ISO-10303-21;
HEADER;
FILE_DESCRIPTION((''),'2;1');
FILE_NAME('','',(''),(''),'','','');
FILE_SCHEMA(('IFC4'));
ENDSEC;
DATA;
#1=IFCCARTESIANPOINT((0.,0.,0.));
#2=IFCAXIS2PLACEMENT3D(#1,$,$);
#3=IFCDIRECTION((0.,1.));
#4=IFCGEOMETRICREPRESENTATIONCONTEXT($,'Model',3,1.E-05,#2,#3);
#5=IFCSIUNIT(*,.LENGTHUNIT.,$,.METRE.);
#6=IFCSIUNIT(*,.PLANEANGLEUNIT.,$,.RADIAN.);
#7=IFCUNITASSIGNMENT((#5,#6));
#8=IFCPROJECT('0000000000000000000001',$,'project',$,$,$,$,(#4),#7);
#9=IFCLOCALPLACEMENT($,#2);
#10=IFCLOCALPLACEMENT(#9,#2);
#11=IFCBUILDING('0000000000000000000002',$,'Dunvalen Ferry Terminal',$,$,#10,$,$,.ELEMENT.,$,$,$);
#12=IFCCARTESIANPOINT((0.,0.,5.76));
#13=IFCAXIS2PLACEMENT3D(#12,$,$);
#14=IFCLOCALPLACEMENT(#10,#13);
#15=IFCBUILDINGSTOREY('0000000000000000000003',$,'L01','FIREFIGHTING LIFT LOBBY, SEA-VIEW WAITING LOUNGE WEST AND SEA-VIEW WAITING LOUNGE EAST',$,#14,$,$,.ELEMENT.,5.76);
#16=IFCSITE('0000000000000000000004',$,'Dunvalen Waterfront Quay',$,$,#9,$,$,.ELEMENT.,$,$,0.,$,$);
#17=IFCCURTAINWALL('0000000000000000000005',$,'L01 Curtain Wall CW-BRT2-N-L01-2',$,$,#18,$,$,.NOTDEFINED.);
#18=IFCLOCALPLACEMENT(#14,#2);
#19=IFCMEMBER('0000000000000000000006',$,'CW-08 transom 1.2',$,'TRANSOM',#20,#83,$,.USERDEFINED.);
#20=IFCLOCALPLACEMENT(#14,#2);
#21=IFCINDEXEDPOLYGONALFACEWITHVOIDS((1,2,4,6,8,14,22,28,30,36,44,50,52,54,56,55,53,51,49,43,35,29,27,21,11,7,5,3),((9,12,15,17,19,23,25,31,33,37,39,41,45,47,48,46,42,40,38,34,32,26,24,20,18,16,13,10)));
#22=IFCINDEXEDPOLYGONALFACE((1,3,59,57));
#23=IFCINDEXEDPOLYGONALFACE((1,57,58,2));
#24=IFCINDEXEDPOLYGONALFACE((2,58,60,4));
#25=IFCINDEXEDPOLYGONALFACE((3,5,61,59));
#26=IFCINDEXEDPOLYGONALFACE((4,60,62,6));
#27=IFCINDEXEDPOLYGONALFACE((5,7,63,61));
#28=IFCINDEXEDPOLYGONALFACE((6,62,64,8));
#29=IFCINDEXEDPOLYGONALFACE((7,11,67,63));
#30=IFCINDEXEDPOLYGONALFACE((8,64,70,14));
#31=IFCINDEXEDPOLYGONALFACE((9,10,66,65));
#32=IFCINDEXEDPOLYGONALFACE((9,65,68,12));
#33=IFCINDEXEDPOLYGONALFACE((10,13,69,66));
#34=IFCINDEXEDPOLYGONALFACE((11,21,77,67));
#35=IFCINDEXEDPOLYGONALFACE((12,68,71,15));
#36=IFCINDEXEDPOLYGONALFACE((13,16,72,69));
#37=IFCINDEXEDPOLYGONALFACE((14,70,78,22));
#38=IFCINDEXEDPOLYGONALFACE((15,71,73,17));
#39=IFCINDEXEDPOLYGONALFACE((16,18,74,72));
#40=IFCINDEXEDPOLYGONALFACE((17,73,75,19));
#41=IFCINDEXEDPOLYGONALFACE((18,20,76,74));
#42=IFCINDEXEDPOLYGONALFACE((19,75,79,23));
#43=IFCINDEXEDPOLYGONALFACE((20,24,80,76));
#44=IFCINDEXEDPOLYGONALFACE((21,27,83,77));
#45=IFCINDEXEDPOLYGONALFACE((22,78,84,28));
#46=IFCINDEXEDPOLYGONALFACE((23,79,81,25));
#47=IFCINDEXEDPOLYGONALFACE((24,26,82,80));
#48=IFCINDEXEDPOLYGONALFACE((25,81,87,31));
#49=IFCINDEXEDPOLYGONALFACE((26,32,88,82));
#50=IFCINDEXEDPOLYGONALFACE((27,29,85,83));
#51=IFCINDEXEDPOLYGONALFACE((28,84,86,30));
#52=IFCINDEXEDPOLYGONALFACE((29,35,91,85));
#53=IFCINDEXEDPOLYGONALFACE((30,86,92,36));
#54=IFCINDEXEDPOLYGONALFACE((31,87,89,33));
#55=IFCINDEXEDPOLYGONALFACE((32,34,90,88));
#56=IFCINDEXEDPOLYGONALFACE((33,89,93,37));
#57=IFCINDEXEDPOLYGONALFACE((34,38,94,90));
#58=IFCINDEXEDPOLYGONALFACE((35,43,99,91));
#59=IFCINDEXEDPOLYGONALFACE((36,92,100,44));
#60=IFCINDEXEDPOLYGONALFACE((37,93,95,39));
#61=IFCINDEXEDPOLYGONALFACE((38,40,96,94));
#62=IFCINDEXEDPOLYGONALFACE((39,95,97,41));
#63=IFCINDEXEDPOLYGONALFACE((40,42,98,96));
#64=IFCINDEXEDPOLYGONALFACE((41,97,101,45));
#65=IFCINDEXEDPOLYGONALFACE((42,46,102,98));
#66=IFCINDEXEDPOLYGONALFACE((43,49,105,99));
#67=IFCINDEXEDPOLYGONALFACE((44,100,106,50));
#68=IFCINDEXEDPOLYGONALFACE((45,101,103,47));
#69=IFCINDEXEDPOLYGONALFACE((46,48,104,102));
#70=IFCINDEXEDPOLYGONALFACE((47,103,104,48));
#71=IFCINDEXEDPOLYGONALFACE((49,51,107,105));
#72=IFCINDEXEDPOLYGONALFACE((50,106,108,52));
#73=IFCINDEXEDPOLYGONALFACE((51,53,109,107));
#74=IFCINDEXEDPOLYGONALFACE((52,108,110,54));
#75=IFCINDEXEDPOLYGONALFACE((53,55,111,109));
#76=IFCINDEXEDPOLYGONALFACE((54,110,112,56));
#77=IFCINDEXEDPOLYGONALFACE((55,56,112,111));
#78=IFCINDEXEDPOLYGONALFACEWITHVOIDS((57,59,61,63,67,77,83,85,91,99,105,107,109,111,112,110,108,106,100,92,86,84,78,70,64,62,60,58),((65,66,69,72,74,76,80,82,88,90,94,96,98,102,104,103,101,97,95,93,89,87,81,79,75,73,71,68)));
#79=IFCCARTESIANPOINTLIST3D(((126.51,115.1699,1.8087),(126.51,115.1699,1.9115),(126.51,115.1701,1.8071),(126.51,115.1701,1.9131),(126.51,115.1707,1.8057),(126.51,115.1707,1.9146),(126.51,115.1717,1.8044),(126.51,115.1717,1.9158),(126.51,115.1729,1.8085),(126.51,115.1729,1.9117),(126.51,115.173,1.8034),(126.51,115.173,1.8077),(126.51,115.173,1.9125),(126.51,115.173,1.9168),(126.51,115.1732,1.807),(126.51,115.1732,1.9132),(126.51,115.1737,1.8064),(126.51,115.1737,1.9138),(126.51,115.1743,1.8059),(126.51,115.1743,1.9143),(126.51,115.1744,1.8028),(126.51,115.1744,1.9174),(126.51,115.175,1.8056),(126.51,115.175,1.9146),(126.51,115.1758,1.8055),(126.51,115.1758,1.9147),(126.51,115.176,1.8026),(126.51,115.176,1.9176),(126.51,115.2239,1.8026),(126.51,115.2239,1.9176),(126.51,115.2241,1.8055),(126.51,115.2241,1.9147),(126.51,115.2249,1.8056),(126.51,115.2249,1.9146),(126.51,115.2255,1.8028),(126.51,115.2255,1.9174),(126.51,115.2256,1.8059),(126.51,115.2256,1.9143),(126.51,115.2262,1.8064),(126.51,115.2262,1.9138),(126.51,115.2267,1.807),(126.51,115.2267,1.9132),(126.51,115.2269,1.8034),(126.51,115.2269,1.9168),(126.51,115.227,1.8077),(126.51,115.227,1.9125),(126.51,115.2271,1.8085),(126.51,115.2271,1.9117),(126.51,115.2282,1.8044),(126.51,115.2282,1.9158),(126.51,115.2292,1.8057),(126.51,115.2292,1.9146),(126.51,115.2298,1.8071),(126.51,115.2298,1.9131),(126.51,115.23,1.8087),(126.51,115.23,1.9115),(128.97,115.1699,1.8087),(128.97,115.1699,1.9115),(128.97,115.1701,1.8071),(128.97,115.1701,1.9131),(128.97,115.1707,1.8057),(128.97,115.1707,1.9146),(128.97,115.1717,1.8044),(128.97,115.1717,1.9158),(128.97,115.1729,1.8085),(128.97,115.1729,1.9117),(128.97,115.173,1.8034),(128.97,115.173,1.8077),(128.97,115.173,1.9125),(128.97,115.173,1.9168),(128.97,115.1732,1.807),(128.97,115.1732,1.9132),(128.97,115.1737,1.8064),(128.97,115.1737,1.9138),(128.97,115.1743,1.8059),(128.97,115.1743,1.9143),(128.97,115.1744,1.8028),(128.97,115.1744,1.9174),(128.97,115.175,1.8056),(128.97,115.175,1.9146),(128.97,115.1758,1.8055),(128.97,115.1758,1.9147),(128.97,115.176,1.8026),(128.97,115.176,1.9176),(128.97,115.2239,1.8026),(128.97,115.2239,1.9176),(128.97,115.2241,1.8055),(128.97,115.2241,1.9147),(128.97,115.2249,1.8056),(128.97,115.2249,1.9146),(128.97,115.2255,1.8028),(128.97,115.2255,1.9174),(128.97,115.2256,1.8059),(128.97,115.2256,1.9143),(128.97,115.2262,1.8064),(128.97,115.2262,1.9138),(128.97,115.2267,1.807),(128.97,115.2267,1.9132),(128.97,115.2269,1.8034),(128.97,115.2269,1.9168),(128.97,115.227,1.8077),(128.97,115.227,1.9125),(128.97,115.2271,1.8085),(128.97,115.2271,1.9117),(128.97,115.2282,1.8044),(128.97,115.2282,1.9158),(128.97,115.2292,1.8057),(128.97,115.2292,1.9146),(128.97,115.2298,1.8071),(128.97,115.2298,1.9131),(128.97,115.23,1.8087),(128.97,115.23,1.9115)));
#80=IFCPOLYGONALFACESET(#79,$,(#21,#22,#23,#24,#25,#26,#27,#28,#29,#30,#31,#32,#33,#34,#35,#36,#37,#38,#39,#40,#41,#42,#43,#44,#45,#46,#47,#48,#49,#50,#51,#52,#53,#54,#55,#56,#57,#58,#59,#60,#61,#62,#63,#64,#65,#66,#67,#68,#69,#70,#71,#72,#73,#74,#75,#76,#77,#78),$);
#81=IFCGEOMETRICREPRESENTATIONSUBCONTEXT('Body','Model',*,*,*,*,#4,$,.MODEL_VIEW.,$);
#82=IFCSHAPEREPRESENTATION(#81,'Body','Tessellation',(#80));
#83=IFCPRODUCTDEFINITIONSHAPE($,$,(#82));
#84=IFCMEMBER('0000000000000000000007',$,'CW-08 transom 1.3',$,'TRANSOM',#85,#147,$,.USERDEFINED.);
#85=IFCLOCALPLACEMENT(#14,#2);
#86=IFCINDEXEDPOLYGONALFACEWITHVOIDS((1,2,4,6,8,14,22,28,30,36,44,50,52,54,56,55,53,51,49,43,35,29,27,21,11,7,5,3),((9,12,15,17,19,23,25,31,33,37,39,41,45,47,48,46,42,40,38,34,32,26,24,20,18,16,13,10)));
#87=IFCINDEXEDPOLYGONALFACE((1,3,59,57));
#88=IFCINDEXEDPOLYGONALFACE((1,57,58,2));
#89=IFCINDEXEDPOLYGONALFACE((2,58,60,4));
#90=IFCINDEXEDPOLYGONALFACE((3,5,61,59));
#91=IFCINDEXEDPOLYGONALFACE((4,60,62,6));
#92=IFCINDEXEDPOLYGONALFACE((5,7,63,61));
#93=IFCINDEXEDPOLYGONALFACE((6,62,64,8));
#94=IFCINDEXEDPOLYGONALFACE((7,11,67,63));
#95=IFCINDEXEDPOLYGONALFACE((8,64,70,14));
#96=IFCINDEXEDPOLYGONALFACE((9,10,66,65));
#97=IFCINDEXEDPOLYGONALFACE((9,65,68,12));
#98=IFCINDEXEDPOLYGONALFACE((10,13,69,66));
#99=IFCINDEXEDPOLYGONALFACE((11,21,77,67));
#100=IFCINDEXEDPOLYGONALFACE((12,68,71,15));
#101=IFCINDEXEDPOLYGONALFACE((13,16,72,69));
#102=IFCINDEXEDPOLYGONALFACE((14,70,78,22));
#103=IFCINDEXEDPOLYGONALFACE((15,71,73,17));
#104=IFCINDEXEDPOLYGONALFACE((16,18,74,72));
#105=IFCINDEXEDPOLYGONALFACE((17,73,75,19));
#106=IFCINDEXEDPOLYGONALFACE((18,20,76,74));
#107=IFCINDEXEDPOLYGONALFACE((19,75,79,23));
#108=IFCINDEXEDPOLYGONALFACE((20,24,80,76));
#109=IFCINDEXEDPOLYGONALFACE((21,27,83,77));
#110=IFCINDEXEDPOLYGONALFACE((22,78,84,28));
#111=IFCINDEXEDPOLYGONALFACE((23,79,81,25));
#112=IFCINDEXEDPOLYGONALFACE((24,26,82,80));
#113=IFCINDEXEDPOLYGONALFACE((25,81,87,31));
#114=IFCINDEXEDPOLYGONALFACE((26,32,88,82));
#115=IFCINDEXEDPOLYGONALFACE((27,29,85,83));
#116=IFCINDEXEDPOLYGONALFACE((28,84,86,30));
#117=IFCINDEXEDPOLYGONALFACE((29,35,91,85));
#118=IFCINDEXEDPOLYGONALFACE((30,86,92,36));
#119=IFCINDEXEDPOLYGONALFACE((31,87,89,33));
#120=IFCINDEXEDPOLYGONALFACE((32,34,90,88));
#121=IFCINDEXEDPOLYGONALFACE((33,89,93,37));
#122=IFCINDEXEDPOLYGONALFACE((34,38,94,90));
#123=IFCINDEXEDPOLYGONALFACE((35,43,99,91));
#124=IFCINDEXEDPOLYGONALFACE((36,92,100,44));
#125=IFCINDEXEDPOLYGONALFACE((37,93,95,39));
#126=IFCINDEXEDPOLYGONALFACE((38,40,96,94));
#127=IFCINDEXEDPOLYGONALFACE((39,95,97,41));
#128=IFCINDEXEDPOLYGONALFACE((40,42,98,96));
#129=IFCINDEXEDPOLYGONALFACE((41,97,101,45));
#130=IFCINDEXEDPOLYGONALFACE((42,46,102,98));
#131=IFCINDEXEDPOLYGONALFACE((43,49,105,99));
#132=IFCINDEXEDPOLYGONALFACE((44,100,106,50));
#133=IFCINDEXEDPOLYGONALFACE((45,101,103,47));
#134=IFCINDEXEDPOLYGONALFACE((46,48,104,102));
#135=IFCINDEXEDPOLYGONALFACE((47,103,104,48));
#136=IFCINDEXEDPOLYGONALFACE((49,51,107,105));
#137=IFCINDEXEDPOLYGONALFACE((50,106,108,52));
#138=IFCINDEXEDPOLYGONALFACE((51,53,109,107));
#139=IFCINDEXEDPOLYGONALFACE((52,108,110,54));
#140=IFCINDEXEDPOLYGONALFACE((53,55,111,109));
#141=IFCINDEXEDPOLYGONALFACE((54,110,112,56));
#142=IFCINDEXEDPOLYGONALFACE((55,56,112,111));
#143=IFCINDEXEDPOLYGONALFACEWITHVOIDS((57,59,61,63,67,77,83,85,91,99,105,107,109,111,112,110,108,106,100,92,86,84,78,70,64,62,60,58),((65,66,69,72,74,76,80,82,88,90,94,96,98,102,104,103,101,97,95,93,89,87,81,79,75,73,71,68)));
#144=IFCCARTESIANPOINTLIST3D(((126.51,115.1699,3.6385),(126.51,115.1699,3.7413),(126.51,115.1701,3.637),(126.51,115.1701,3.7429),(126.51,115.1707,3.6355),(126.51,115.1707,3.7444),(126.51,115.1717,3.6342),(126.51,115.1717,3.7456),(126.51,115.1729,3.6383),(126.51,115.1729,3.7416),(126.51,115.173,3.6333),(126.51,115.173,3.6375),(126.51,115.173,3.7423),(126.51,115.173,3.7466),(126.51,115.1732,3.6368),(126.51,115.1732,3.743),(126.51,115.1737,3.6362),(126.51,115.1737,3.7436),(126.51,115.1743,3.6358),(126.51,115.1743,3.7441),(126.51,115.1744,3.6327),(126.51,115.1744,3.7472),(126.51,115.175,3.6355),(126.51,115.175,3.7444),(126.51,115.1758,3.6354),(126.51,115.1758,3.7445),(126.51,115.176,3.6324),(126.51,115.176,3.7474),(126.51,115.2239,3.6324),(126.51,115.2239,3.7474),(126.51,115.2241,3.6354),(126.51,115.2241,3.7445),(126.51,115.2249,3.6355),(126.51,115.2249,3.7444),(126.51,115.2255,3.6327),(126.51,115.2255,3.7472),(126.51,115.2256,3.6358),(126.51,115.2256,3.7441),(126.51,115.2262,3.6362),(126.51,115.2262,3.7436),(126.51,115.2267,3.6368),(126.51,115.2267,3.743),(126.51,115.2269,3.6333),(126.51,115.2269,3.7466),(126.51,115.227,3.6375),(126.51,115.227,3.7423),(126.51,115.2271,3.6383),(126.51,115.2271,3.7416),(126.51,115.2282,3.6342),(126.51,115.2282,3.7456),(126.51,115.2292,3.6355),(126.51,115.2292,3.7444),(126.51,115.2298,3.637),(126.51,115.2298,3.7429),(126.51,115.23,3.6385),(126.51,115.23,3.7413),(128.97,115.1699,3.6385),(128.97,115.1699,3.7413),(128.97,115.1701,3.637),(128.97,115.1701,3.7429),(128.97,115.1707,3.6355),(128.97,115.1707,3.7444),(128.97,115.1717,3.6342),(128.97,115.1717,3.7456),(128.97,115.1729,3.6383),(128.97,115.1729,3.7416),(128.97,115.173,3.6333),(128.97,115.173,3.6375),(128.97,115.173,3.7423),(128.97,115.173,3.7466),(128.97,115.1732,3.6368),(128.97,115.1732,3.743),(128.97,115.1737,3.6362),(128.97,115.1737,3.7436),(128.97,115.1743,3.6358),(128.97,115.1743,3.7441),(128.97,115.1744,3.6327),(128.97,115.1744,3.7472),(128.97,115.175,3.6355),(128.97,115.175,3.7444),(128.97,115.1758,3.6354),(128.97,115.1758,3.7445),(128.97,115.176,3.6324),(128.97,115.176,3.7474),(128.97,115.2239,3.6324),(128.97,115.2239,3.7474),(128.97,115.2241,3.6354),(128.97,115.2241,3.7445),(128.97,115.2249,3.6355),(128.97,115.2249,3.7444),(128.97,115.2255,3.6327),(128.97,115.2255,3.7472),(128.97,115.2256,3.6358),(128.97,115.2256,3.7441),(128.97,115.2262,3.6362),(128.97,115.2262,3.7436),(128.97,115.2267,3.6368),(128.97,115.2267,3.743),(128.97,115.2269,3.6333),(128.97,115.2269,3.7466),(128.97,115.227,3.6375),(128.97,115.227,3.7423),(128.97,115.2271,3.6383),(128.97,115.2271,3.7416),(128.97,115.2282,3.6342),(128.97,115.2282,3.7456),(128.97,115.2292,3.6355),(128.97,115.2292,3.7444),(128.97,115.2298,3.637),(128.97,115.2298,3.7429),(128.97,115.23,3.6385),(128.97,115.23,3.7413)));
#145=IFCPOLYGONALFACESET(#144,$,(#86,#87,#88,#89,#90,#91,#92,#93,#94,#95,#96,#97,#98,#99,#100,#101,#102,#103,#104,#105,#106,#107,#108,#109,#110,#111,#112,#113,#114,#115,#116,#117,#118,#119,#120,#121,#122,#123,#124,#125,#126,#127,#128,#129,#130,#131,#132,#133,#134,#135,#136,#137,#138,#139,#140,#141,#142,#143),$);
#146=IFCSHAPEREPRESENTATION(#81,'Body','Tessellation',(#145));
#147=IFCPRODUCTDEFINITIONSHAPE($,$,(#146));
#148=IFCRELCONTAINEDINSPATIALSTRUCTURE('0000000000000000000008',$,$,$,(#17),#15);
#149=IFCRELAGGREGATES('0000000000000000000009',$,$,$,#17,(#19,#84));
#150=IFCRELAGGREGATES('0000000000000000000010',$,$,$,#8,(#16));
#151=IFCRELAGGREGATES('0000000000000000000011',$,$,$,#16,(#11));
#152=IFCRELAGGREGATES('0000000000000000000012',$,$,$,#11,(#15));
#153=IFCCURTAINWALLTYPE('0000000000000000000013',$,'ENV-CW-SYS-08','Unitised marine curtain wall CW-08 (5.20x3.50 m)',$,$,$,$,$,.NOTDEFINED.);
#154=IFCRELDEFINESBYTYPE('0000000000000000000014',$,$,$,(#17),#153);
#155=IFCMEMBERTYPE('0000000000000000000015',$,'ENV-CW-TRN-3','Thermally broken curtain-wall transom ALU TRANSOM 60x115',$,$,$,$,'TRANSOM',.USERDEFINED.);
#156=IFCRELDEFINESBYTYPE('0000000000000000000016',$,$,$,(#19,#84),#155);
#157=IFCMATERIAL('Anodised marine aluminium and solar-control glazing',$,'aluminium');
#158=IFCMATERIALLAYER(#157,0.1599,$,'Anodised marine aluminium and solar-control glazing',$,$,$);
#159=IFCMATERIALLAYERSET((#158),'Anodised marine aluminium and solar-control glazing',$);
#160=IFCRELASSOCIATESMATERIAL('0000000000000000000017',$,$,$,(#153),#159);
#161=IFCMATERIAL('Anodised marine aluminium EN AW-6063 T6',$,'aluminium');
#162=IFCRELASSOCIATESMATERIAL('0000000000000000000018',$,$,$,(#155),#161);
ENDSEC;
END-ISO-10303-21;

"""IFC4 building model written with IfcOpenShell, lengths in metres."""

from ifc_helpers import new_model, si_unit, direction, frame, origin, origin_2d, place, context, subcontext, project, spatial, hollow_rectangle, extrude, material, layer, layer_set, material_profile, profile_set, type_object, element, aggregate, save


model = new_model("IFC4")

# Units and contexts
model_context = context("Model", 3, precision=1e-05, world=origin(), true_north=direction((0.0, 1.0)))
body_context = subcontext(model_context, "Body", "Model", "MODEL_VIEW")
ifc_project = project(units=[si_unit("LENGTHUNIT", "METRE"), si_unit("PLANEANGLEUNIT", "RADIAN")], contexts=[model_context])

# Site, building, storey
site_placement = place(None, origin())
site = spatial("IfcSite", under=ifc_project, at=site_placement, Name="Dunvalen Waterfront Quay", CompositionType="ELEMENT", RefElevation=0.0)
building_placement = place(site_placement, origin())
building = spatial("IfcBuilding", under=site, at=building_placement, Name="Dunvalen Ferry Terminal", CompositionType="ELEMENT")
storey_placement = place(building_placement, frame((0.0, 0.0, 5.76)))
storey = spatial("IfcBuildingStorey", under=building, at=storey_placement, Name="L01", Description="FIREFIGHTING LIFT LOBBY, SEA-VIEW WAITING LOUNGE WEST AND SEA-VIEW WAITING LOUNGE EAST", CompositionType="ELEMENT", Elevation=5.76)

# Curtain wall
ifc_material_1 = material(Name="Anodised marine aluminium and solar-control glazing", Category="aluminium")
ifc_layer_1 = layer(ifc_material_1, 0.1599, Name="Anodised marine aluminium and solar-control glazing")
ifc_layer_set_1 = layer_set([ifc_layer_1], Name="Anodised marine aluminium and solar-control glazing")
curtain_wall_type = type_object("IfcCurtainWallType", Name="ENV-CW-SYS-08", Description="Unitised marine curtain wall CW-08 (5.20x3.50 m)", PredefinedType="NOTDEFINED", material=ifc_layer_set_1)
ifc_material_2 = material(Name="Anodised marine aluminium EN AW-6063 T6", Category="aluminium")
curtain_wall_1_placement = place(storey_placement, origin())
curtain_wall_1 = element("IfcCurtainWall", 1, at=curtain_wall_1_placement, inside=storey, type_object=curtain_wall_type, Name="L01 Curtain Wall CW-BRT2-N-L01-2", PredefinedType="NOTDEFINED")

# Members
ifc_material_profile_1 = material_profile(ifc_material_2, hollow_rectangle(XDim=0.0601, YDim=0.115, WallThickness=0.0029, InnerFilletRadius=0.0029, OuterFilletRadius=0.0061, at=origin_2d()), Name="Anodised marine aluminium EN AW-6063 T6")
ifc_profile_set_1 = profile_set([ifc_material_profile_1], Name="Anodised marine aluminium EN AW-6063 T6")
member_type_1 = type_object("IfcMemberType", Name="ENV-CW-TRN-3", Description="Thermally broken curtain-wall transom ALU TRANSOM 60x115", ElementType="TRANSOM", PredefinedType="USERDEFINED", material=ifc_profile_set_1)
member_1_placement = place(storey_placement, frame((126.51, 115.2, 1.8601), z_axis=(1.0, 0.0, 0.0), x_axis=(0.0, 1.0, 0.0)))
member_1 = element("IfcMember", 2, at=member_1_placement, type_object=member_type_1, Name="CW-08 transom 1.2", ObjectType="TRANSOM", PredefinedType="USERDEFINED", context=body_context, shape_type="SweptSolid", body=[
    extrude(hollow_rectangle(XDim=0.0601, YDim=0.115, WallThickness=0.0029, InnerFilletRadius=0.0029, OuterFilletRadius=0.0061, at=origin_2d()), origin(), (0.0, 0.0, 1.0), 2.46),
])
member_2_placement = place(storey_placement, frame((126.51, 115.2, 3.6899), z_axis=(1.0, 0.0, 0.0), x_axis=(0.0, 1.0, 0.0)))
member_2 = element("IfcMember", 3, at=member_2_placement, type_object=member_type_1, Name="CW-08 transom 1.3", ObjectType="TRANSOM", PredefinedType="USERDEFINED", context=body_context, shape_type="SweptSolid", body=[
    extrude(hollow_rectangle(XDim=0.0601, YDim=0.115, WallThickness=0.0029, InnerFilletRadius=0.0029, OuterFilletRadius=0.0061, at=origin_2d()), origin(), (0.0, 0.0, 1.0), 2.46),
])

aggregate(curtain_wall_1, [member_1, member_2])

save(model, "model.ifc")
